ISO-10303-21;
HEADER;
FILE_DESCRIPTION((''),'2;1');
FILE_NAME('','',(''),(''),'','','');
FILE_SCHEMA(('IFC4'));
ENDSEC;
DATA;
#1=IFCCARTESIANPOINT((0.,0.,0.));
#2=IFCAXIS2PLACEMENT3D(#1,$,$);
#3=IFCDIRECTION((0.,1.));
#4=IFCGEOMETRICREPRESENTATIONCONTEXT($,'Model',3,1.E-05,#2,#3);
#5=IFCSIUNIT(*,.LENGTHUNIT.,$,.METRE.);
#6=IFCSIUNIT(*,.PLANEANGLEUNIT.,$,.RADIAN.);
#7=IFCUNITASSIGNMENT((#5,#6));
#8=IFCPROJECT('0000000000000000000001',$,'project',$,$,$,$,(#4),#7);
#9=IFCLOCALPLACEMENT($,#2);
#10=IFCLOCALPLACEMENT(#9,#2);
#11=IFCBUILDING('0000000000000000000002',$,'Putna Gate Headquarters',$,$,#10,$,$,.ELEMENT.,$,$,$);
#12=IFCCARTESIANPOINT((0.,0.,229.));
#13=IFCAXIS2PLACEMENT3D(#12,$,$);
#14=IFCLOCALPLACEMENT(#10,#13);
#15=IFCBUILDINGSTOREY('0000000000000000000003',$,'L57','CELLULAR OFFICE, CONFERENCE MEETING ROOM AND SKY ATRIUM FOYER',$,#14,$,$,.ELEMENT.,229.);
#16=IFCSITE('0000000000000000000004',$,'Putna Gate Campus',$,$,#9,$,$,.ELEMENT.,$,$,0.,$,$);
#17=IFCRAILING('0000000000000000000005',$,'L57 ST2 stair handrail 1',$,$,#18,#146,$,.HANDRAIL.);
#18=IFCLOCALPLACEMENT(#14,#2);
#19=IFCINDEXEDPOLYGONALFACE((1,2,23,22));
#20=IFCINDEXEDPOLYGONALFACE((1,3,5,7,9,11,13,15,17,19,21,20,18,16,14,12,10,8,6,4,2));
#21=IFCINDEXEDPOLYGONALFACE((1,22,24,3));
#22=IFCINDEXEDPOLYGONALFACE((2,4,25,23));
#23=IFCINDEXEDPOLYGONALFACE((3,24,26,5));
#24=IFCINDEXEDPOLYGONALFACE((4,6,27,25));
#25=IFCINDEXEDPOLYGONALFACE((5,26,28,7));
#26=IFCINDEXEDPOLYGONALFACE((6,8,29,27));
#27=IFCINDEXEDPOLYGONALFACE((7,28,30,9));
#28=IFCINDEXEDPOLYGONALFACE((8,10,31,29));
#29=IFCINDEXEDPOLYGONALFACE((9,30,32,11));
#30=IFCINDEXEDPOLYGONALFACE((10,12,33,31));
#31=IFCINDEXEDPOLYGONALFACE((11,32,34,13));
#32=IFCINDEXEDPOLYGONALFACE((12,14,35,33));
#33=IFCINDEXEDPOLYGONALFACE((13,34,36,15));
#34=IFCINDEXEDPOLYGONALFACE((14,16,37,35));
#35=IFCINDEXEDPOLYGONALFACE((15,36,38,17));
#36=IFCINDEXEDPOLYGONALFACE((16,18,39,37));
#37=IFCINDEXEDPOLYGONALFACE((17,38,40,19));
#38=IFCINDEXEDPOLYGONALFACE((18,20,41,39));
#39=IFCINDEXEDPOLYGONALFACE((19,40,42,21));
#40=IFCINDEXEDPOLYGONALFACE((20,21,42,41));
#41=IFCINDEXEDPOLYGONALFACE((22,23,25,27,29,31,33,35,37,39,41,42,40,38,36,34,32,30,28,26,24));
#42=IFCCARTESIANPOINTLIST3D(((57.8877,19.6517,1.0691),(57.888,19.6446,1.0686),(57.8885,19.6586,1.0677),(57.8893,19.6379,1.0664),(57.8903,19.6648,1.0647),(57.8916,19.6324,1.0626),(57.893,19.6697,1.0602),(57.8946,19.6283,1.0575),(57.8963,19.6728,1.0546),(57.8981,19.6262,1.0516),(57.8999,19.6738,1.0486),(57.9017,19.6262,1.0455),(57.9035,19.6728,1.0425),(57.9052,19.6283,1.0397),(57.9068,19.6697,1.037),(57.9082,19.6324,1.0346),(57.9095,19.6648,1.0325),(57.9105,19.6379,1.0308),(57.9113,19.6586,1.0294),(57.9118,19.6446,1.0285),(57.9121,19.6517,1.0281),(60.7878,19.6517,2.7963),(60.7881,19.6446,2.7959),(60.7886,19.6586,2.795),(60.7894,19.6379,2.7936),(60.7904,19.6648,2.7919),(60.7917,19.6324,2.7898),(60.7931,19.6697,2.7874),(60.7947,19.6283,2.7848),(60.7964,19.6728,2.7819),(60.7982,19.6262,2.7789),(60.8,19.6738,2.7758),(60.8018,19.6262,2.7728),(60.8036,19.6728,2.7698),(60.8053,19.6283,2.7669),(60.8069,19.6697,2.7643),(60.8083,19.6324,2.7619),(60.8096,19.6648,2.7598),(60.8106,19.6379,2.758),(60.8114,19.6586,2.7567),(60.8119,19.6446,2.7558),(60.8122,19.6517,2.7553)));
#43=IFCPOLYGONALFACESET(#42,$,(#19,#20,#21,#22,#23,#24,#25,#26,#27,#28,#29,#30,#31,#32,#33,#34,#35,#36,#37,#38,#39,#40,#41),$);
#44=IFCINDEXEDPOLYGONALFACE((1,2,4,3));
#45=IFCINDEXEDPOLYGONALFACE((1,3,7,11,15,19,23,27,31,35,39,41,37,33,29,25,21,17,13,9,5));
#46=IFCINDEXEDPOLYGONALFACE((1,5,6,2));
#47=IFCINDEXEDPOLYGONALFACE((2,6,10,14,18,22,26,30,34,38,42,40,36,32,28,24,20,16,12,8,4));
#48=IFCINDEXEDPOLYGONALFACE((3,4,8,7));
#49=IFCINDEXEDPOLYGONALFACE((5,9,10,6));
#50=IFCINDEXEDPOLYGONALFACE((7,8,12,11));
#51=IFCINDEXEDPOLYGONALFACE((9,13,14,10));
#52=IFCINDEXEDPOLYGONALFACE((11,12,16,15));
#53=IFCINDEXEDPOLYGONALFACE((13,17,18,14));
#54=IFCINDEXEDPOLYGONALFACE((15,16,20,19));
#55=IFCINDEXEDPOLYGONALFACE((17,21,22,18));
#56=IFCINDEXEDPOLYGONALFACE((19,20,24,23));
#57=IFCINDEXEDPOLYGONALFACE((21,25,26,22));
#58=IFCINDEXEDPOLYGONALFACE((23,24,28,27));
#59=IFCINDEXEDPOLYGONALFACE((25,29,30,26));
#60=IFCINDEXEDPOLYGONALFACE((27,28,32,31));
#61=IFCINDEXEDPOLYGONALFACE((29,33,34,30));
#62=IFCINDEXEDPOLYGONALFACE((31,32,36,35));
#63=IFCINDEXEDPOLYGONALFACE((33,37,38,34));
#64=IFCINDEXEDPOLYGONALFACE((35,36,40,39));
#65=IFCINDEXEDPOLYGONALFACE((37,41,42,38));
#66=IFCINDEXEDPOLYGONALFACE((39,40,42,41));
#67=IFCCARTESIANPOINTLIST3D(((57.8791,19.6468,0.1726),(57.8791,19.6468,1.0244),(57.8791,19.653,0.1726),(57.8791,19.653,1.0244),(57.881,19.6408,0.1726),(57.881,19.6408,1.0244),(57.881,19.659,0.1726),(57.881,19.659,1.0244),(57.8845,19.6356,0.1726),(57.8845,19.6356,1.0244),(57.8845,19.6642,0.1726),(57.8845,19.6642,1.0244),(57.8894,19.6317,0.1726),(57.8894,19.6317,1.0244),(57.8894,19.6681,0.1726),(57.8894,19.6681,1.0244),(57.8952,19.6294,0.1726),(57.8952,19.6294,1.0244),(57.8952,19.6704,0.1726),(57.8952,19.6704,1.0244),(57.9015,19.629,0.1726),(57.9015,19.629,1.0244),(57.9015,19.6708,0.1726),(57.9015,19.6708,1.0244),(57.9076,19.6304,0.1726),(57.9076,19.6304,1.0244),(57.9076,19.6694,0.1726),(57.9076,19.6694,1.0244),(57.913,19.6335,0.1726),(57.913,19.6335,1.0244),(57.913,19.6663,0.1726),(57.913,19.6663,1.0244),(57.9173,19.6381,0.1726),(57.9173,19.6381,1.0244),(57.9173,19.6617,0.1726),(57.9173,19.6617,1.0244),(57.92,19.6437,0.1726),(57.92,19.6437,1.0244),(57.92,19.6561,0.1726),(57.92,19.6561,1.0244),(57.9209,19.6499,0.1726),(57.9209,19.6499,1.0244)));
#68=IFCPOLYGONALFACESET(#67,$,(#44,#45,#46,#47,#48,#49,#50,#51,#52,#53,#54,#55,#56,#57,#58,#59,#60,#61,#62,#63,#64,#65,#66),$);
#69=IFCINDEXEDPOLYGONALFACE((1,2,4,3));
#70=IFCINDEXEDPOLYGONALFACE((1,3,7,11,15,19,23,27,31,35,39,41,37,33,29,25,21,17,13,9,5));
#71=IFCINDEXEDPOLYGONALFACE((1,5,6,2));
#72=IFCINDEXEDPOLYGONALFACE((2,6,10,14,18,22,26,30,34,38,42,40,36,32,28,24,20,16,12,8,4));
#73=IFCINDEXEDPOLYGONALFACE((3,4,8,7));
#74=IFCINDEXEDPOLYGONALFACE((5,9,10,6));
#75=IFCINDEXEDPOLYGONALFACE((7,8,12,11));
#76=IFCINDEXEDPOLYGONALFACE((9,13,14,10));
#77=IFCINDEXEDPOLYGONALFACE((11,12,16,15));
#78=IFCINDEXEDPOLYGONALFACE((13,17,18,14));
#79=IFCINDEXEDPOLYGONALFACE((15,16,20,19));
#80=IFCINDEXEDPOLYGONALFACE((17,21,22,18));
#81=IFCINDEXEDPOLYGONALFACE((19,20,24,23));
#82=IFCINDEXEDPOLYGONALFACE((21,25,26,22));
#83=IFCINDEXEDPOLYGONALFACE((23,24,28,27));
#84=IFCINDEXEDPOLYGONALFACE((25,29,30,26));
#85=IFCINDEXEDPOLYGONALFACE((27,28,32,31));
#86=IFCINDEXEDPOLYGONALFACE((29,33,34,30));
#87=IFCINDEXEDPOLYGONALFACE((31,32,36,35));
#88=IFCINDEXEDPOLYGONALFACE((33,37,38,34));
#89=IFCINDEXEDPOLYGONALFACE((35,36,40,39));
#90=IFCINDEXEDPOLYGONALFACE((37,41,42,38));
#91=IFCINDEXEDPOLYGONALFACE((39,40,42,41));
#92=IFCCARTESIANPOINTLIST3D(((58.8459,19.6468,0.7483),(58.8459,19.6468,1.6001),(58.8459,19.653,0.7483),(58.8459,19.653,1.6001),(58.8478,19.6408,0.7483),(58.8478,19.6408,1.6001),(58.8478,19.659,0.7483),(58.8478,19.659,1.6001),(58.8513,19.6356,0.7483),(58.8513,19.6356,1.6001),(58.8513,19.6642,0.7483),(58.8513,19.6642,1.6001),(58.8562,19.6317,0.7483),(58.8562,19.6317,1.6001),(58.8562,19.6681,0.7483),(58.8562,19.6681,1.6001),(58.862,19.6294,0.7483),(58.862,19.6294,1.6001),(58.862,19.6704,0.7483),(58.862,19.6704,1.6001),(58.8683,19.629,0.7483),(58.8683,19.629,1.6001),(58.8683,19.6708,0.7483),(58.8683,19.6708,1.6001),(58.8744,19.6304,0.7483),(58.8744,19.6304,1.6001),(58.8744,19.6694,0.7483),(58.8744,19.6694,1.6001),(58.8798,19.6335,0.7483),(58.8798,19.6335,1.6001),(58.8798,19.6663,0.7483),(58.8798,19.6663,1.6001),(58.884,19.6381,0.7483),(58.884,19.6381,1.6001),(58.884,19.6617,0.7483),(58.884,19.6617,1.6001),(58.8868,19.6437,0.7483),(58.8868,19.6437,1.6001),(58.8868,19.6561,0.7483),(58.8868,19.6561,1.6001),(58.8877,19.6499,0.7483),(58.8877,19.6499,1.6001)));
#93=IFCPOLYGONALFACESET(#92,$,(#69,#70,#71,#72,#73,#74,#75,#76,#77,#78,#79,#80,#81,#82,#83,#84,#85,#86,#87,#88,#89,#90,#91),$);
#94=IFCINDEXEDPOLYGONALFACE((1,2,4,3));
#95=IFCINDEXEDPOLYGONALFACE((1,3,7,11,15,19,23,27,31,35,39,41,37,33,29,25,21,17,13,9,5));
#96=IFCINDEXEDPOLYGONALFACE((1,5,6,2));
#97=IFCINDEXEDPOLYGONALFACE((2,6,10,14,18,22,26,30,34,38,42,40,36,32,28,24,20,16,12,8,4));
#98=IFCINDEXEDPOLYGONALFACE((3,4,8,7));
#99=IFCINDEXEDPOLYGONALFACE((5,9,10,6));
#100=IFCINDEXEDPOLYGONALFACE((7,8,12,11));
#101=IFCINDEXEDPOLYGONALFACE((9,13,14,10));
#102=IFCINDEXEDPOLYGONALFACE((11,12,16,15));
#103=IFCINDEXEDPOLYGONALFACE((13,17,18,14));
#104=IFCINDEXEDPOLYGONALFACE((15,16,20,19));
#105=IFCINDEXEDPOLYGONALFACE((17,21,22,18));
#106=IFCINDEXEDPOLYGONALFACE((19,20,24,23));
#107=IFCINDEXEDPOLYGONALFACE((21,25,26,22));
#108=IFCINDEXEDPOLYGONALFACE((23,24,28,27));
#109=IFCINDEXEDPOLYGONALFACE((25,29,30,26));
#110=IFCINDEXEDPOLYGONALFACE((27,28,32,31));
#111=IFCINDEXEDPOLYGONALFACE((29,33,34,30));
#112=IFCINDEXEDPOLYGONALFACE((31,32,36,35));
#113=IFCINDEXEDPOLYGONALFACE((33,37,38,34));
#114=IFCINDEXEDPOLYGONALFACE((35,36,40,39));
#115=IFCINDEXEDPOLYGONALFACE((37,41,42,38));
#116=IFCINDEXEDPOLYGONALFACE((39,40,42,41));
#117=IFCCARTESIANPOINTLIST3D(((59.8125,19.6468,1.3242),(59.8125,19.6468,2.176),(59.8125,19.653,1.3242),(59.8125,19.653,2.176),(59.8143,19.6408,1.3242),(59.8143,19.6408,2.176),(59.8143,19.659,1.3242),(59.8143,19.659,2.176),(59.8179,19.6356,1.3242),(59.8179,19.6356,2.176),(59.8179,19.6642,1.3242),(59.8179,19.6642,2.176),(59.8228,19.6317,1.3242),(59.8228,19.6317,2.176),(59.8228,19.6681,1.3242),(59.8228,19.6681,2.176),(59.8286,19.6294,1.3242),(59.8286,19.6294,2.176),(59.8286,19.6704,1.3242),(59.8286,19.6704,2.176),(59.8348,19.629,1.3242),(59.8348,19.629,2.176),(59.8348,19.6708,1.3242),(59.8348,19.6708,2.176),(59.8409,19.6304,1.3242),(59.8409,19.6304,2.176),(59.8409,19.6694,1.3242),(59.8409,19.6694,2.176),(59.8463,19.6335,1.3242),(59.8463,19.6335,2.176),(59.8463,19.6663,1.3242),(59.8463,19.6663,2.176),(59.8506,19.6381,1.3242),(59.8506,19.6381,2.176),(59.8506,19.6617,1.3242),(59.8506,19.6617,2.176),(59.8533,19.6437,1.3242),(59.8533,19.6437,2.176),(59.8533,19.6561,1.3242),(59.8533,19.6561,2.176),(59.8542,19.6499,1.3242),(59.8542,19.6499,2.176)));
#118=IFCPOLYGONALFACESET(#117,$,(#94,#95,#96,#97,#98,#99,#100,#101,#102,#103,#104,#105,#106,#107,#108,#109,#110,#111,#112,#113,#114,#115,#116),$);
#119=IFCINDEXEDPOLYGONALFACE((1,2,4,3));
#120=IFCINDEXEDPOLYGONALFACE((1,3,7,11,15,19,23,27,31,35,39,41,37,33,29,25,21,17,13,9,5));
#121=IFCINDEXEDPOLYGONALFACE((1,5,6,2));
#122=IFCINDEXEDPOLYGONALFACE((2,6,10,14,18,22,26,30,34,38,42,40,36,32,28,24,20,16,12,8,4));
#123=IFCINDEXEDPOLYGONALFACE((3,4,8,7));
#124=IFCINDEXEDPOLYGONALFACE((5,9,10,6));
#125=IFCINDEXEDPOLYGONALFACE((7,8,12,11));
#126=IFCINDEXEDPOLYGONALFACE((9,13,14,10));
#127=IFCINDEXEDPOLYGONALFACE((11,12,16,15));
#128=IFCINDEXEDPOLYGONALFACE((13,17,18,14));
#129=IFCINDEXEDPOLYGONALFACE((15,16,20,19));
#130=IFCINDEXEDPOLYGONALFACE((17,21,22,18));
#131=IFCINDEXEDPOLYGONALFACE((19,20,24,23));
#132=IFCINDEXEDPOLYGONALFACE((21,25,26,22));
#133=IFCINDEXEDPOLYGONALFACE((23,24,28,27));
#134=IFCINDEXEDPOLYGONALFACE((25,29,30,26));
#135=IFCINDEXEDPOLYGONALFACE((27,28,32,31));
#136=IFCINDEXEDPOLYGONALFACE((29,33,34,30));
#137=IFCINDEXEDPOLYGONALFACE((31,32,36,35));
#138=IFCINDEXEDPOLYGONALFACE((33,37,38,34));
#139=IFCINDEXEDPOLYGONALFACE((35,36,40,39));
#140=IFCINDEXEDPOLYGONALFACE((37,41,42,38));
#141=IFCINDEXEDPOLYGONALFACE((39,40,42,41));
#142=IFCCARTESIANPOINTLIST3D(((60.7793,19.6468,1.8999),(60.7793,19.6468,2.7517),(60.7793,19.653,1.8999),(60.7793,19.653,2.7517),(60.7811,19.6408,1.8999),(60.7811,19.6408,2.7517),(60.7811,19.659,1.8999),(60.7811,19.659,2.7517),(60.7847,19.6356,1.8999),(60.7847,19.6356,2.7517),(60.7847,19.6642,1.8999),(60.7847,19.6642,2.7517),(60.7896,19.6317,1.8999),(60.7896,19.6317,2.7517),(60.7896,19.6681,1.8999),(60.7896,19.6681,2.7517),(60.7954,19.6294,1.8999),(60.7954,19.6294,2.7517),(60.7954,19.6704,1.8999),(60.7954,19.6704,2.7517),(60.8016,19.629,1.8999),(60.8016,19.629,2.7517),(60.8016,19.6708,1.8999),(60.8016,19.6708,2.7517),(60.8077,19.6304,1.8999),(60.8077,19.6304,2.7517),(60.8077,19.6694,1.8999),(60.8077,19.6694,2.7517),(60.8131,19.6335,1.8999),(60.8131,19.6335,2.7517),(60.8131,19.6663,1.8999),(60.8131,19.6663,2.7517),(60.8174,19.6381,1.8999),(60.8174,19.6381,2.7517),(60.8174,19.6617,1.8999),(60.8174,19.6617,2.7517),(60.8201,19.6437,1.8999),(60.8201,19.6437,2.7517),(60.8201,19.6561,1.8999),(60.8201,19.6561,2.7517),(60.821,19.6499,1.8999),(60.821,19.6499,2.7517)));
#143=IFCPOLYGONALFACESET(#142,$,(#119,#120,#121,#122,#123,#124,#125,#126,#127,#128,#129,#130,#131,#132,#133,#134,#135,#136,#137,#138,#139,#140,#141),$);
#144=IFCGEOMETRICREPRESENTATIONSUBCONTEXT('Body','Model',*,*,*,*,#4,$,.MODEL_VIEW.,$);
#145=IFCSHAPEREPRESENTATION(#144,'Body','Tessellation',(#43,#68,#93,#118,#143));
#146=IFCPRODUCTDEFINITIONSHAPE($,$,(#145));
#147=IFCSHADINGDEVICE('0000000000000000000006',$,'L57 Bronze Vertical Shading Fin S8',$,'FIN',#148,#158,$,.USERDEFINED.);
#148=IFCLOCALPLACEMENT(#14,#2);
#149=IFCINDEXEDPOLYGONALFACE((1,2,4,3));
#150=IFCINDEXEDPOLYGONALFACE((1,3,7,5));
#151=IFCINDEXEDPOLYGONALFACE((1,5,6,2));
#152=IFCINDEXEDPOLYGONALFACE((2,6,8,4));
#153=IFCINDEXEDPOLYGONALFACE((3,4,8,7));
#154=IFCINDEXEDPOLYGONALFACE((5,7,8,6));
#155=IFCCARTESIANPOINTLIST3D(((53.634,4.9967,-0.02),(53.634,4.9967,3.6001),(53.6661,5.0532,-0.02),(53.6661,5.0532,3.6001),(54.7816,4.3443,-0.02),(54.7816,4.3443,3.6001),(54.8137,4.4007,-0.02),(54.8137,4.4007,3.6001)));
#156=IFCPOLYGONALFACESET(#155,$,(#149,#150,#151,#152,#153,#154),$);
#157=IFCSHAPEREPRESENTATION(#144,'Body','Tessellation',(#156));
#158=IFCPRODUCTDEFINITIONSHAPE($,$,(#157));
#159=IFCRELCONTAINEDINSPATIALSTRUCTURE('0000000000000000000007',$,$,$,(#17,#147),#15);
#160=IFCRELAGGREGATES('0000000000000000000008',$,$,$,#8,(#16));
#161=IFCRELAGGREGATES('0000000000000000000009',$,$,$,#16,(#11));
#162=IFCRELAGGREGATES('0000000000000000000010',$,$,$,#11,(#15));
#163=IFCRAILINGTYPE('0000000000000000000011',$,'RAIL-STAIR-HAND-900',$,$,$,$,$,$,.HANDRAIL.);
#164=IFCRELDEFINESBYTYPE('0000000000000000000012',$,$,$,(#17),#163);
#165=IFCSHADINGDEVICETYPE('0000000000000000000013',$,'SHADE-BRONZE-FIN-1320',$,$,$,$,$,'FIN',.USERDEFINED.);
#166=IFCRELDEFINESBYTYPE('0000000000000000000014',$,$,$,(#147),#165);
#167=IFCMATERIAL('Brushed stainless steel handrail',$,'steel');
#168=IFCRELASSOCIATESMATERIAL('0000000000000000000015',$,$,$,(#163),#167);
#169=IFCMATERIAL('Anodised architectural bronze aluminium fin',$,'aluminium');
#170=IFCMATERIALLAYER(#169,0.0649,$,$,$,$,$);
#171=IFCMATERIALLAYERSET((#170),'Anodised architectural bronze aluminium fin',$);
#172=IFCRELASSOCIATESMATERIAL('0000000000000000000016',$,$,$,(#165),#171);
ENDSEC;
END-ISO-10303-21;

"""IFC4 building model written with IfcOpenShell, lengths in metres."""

from ifc_helpers import new_model, si_unit, direction, frame, origin, origin_2d, place, context, subcontext, project, spatial, rectangle, circle, extrude, material, layer, layer_set, type_object, element, save


model = new_model("IFC4")

# Units and contexts
model_context = context("Model", 3, precision=1e-05, world=origin(), true_north=direction((0.0, 1.0)))
body_context = subcontext(model_context, "Body", "Model", "MODEL_VIEW")
ifc_project = project(units=[si_unit("LENGTHUNIT", "METRE"), si_unit("PLANEANGLEUNIT", "RADIAN")], contexts=[model_context])

# Site, building, storey
site_placement = place(None, origin())
site = spatial("IfcSite", under=ifc_project, at=site_placement, Name="Putna Gate Campus", CompositionType="ELEMENT", RefElevation=0.0)
building_placement = place(site_placement, origin())
building = spatial("IfcBuilding", under=site, at=building_placement, Name="Putna Gate Headquarters", CompositionType="ELEMENT")
storey_placement = place(building_placement, frame((0.0, 0.0, 229.0)))
storey = spatial("IfcBuildingStorey", under=building, at=storey_placement, Name="L57", Description="CELLULAR OFFICE, CONFERENCE MEETING ROOM AND SKY ATRIUM FOYER", CompositionType="ELEMENT", Elevation=229.0)

# Railing
ifc_material_1 = material(Name="Brushed stainless steel handrail", Category="steel")
railing_type_1 = type_object("IfcRailingType", Name="RAIL-STAIR-HAND-900", PredefinedType="HANDRAIL", material=ifc_material_1)
railing_1_placement = place(storey_placement, frame((57.8999, 19.6499, 0.1726)))
element("IfcRailing", 1, at=railing_1_placement, inside=storey, type_object=railing_type_1, Name="L57 ST2 stair handrail 1", PredefinedType="HANDRAIL", context=body_context, shape_type="SweptSolid", body=[
    extrude(circle(Radius=0.0239, at=origin_2d()), frame((0.0, 0.0, 0.876), z_axis=(0.85916, 0.0, 0.511706), x_axis=(0.0, 1.0, 0.0)), (0.0, 0.0, 1.0), 3.3755),
    extrude(circle(Radius=0.021, at=origin_2d()), origin(), (0.0, 0.0, 1.0), 0.8518),
    extrude(circle(Radius=0.021, at=origin_2d()), frame((0.9668, 0.0, 0.5757)), (0.0, 0.0, 1.0), 0.8518),
    extrude(circle(Radius=0.021, at=origin_2d()), frame((1.9333, 0.0, 1.1516)), (0.0, 0.0, 1.0), 0.8518),
    extrude(circle(Radius=0.021, at=origin_2d()), frame((2.9001, 0.0, 1.7273)), (0.0, 0.0, 1.0), 0.8518),
])

# Shading device
ifc_material_2 = material(Name="Anodised architectural bronze aluminium fin", Category="aluminium")
ifc_layer_1 = layer(ifc_material_2, 0.0649)
ifc_layer_set_1 = layer_set([ifc_layer_1], Name="Anodised architectural bronze aluminium fin")
shading_device_type = type_object("IfcShadingDeviceType", Name="SHADE-BRONZE-FIN-1320", ElementType="FIN", PredefinedType="USERDEFINED", material=ifc_layer_set_1)
shading_device_placement = place(storey_placement, frame((54.2239, 4.6987, -0.02), z_axis=(0.0, 0.0, 1.0), x_axis=(0.869322, -0.494245, 0.0)))
element("IfcShadingDevice", 2, at=shading_device_placement, inside=storey, type_object=shading_device_type, Name="L57 Bronze Vertical Shading Fin S8", ObjectType="FIN", PredefinedType="USERDEFINED", context=body_context, shape_type="SweptSolid", body=[
    extrude(rectangle(XDim=1.3201, YDim=0.0649, at=origin_2d()), origin(), (0.0, 0.0, 1.0), 3.6201),
])

save(model, "model.ifc")
